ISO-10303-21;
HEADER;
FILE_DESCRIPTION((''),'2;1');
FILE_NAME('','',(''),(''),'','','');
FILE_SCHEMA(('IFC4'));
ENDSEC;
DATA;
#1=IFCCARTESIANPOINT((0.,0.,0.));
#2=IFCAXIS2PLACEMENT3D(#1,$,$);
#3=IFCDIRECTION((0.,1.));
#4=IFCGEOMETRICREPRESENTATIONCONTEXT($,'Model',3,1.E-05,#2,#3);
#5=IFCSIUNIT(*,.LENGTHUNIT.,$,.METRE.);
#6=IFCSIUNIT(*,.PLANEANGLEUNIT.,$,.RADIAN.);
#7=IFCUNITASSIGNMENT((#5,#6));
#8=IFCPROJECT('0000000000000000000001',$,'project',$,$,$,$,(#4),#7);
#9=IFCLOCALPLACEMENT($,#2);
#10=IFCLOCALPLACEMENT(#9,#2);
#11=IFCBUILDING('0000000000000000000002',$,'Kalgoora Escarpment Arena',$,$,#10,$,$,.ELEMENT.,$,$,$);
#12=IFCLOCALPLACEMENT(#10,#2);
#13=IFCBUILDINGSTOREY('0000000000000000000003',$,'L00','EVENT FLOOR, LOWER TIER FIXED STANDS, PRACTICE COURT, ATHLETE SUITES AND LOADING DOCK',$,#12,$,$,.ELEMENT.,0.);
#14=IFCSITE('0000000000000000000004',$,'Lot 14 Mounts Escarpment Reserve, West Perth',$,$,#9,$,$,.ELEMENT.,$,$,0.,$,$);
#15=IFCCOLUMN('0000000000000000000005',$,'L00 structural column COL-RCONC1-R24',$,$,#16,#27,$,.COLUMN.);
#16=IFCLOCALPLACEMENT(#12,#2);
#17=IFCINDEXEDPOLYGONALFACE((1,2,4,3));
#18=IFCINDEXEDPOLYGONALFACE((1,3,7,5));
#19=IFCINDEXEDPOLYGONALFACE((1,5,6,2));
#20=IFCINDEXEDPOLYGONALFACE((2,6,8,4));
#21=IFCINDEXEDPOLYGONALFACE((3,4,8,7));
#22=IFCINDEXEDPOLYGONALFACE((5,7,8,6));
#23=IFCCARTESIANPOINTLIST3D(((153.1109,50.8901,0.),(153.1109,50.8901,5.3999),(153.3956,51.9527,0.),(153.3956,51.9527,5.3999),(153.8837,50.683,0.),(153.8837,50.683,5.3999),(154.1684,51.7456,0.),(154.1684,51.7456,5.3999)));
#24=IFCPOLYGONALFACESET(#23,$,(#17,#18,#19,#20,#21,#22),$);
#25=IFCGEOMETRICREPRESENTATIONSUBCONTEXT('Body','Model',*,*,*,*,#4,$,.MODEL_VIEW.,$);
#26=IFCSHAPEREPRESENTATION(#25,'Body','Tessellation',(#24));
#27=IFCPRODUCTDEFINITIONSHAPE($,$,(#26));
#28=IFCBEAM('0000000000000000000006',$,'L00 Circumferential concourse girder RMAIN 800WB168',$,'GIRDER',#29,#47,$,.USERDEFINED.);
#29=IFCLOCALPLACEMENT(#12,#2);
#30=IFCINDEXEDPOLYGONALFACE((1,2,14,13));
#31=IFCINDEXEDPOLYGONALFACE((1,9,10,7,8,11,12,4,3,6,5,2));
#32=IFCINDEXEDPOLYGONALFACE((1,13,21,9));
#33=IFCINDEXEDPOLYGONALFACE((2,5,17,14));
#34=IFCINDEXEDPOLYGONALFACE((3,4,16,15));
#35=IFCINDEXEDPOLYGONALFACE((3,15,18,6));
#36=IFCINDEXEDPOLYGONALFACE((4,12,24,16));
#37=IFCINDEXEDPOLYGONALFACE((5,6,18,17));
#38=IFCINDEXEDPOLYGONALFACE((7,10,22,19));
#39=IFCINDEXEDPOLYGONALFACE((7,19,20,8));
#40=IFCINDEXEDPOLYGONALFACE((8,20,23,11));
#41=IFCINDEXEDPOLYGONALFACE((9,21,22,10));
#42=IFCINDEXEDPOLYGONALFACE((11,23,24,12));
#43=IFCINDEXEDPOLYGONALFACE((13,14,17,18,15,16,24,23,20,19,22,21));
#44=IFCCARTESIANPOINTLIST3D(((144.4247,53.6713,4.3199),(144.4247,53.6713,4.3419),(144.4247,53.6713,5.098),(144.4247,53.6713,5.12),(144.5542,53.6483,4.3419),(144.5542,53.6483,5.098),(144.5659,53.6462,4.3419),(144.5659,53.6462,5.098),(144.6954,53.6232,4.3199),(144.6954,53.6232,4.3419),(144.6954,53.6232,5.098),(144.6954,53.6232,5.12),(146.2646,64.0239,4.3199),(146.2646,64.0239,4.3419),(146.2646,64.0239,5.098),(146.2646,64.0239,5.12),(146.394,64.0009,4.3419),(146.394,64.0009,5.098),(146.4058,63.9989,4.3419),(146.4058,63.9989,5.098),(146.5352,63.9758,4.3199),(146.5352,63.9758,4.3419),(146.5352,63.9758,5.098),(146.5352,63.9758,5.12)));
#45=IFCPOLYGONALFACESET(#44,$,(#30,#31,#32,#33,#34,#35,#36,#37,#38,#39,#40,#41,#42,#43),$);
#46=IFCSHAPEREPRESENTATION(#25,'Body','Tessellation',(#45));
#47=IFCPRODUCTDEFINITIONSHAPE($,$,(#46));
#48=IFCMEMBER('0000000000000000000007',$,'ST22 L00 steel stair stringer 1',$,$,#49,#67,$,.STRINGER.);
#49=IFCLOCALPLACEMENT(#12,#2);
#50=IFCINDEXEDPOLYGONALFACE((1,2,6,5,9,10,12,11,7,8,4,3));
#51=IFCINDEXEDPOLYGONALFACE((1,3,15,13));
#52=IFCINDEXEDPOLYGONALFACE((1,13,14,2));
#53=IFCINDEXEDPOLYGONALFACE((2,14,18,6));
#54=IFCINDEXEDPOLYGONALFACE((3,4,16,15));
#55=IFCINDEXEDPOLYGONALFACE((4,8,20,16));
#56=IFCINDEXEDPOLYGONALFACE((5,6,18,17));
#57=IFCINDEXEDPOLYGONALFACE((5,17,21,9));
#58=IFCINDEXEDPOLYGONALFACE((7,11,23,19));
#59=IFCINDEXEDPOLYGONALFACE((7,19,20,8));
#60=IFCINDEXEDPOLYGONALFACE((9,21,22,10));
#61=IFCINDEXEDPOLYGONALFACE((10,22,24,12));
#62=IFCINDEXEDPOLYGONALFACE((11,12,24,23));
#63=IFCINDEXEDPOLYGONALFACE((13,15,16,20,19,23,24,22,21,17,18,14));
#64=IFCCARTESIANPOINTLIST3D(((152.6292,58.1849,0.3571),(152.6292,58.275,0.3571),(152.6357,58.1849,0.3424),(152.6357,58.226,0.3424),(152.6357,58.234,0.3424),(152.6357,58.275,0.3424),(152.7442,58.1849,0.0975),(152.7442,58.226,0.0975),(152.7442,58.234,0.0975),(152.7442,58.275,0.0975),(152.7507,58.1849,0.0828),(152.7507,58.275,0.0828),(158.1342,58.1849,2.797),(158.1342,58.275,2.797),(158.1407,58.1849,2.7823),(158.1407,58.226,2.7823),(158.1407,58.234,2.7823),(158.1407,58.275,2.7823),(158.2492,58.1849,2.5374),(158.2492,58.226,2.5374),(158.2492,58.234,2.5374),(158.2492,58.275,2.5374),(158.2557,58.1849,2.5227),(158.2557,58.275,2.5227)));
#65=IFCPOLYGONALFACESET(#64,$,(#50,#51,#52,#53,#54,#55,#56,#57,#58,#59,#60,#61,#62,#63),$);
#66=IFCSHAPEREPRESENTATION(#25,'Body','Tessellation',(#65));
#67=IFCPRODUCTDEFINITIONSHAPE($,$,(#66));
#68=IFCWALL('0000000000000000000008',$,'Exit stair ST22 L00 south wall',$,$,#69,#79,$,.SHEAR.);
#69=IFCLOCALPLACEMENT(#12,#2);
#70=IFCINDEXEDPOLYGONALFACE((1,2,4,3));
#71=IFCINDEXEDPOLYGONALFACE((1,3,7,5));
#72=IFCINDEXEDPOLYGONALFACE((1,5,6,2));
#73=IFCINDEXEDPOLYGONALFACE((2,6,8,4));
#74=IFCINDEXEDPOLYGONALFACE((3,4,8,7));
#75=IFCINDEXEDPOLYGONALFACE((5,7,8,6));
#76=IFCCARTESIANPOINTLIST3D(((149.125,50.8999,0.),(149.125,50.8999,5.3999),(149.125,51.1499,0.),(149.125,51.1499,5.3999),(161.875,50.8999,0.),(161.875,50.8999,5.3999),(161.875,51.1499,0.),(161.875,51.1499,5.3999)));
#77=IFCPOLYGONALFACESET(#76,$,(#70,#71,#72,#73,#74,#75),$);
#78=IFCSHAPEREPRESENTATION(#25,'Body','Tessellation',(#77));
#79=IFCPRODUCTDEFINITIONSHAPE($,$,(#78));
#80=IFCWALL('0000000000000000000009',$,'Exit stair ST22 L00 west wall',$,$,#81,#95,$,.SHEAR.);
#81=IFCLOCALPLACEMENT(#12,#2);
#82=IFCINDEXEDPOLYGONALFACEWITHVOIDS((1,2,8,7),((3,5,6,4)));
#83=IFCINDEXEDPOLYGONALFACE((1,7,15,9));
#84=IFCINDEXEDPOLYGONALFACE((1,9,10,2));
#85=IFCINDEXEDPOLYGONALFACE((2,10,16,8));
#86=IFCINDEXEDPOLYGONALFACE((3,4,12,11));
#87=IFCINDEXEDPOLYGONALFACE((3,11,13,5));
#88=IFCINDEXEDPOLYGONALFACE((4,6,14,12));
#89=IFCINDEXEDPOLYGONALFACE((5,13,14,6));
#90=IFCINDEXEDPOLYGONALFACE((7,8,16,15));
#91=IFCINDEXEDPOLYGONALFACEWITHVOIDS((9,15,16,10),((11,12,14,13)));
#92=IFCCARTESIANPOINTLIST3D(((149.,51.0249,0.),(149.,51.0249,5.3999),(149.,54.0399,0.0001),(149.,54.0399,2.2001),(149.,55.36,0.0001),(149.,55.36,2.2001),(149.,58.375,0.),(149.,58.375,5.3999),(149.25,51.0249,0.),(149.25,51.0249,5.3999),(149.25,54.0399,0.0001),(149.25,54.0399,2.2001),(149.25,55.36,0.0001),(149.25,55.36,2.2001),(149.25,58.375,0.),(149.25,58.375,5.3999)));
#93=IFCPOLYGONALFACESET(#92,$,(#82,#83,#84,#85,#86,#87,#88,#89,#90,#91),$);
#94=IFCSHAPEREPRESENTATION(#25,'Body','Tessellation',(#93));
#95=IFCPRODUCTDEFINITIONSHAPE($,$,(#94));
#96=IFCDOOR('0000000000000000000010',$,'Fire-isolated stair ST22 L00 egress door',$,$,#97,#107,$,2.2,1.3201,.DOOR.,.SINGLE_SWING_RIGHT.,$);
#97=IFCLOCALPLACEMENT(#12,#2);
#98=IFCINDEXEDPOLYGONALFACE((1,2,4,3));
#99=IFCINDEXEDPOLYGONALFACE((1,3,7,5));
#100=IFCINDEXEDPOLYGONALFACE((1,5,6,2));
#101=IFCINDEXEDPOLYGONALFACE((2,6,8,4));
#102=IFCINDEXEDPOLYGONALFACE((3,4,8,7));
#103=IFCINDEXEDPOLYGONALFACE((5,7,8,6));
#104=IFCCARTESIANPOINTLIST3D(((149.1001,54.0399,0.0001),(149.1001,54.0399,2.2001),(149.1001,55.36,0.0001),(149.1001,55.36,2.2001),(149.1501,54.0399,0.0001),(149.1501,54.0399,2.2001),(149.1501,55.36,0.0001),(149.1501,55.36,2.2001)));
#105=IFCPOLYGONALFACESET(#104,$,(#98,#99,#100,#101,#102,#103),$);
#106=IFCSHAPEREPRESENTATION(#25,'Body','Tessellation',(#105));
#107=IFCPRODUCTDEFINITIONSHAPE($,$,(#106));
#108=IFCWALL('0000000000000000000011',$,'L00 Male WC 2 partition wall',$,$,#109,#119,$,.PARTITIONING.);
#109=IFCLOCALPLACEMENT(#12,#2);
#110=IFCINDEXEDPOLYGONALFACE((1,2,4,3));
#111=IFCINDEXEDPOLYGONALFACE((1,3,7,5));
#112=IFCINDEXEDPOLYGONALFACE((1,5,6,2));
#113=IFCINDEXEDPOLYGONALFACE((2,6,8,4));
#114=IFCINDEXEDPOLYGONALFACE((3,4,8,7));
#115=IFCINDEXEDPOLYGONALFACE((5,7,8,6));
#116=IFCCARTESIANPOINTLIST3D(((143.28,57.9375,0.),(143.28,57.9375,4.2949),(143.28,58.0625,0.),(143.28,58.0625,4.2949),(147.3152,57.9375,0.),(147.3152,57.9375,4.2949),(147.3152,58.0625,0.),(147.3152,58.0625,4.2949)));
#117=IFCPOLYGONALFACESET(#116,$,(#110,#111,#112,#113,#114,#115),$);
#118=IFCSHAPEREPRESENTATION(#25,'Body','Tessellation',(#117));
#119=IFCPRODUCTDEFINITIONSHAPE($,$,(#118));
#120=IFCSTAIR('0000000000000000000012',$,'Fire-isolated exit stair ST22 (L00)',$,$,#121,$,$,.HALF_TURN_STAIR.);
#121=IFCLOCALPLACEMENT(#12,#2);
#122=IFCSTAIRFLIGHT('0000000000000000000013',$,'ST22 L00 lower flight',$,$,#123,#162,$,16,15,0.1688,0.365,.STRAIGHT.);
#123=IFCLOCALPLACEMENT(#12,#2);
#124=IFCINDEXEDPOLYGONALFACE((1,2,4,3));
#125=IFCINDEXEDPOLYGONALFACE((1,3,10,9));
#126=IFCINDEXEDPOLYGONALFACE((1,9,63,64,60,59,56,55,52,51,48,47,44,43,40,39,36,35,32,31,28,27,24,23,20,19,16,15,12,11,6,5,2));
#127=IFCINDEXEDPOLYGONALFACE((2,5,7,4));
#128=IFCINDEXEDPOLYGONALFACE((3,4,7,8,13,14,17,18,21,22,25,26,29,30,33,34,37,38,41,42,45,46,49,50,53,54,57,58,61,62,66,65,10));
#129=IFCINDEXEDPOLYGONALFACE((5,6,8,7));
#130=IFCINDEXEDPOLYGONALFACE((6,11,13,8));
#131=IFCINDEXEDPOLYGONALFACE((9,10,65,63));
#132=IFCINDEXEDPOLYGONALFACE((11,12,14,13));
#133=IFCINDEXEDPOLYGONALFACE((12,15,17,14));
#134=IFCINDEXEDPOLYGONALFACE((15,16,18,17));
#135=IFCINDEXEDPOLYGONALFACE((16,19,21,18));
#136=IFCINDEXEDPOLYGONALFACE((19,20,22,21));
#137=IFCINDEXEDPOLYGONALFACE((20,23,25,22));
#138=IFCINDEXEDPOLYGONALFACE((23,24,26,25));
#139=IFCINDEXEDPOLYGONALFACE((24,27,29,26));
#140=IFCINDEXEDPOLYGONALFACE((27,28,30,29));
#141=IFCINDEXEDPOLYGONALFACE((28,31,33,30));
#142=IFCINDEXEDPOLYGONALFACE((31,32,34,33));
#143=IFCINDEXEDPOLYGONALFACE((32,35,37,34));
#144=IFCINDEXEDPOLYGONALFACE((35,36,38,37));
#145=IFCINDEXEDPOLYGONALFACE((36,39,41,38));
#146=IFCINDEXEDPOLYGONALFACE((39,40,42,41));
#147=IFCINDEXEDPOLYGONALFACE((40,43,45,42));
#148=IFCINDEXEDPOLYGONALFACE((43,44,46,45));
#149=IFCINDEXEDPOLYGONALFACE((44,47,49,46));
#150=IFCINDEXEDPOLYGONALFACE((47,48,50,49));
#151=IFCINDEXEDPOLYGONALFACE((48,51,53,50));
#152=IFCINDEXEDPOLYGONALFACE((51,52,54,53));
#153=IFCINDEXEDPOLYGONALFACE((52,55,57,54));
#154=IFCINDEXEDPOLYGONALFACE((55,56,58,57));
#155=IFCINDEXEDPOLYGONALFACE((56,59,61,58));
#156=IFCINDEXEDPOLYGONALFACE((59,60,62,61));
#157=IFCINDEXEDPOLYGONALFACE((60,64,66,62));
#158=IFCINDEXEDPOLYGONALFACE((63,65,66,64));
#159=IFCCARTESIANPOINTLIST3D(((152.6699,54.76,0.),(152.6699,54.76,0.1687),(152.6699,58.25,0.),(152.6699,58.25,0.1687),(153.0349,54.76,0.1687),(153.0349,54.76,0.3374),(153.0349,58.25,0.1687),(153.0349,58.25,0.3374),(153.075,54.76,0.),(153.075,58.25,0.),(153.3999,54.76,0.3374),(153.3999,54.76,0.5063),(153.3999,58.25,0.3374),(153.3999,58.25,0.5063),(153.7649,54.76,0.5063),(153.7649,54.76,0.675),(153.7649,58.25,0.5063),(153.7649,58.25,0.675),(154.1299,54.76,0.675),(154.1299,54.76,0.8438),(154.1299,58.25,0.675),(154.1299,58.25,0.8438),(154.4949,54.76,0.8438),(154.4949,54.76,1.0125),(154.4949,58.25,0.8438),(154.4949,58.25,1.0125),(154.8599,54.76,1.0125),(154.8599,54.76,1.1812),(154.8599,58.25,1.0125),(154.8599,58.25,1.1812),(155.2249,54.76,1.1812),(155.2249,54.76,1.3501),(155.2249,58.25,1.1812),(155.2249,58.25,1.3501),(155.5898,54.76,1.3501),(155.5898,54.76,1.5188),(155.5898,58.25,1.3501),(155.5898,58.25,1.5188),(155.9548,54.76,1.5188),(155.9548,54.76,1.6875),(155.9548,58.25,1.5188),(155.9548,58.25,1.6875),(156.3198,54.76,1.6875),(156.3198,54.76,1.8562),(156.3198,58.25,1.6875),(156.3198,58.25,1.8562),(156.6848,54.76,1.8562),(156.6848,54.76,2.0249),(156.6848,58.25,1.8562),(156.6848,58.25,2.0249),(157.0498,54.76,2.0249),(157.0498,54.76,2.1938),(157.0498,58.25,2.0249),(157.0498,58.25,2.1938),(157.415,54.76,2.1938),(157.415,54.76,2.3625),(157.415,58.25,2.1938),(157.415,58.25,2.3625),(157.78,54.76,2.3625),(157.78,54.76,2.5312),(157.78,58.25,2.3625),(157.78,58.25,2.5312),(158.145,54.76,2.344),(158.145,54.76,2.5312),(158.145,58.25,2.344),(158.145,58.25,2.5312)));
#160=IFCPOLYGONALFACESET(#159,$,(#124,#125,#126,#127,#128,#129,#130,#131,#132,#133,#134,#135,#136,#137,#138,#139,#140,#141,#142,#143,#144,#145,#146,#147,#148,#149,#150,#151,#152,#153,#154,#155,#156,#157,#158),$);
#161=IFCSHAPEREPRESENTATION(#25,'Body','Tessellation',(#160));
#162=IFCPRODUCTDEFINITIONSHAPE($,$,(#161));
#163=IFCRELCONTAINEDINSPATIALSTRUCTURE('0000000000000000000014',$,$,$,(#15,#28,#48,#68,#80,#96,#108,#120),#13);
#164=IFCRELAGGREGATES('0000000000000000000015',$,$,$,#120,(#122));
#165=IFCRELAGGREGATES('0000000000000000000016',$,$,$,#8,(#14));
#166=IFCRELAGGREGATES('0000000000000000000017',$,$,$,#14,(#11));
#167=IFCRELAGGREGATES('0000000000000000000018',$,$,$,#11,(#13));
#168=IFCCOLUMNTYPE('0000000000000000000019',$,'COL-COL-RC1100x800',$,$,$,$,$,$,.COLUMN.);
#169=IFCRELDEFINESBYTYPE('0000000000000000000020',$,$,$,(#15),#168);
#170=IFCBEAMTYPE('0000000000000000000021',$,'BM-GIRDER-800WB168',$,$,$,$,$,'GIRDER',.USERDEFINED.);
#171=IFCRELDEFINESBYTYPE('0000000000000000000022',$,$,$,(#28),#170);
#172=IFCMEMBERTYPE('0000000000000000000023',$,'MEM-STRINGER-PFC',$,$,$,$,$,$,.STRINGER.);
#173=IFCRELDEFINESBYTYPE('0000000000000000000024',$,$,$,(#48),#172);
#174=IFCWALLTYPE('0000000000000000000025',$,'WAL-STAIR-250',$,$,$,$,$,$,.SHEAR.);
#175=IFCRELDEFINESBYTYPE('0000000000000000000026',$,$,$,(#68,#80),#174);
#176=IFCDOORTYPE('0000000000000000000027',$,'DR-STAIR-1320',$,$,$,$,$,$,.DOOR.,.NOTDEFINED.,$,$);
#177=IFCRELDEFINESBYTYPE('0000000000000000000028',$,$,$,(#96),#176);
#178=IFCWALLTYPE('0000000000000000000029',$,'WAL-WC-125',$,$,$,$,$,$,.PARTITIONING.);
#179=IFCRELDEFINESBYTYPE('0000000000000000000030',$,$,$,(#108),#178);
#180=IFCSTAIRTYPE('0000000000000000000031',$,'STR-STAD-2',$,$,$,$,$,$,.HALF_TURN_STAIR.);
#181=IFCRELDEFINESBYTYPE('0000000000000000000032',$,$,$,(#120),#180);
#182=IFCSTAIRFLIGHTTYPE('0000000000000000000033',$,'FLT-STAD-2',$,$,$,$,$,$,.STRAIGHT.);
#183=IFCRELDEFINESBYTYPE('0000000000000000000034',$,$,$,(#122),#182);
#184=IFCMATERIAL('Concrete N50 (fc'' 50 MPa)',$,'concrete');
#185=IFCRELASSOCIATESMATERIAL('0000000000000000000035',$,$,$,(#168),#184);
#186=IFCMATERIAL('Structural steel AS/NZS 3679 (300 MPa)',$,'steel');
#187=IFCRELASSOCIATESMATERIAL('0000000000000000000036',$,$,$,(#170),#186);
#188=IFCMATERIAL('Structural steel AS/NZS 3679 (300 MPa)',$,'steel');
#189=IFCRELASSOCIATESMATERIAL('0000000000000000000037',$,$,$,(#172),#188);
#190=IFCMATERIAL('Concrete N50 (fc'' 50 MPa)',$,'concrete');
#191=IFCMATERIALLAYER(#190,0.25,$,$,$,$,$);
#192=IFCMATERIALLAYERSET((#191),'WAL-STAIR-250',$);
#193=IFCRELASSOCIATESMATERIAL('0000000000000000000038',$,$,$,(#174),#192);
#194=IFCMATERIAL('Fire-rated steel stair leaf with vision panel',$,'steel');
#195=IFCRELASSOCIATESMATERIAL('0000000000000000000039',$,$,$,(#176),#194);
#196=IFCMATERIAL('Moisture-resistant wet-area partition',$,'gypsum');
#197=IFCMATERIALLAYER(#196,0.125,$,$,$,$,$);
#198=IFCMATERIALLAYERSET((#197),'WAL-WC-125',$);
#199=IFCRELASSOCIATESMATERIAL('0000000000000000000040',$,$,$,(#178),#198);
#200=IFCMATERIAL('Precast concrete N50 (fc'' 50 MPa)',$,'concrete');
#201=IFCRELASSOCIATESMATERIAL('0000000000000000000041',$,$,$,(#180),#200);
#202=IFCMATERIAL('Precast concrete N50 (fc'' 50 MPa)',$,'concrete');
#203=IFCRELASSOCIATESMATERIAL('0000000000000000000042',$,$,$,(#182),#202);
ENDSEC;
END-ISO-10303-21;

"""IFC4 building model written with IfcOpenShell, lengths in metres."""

from ifc_helpers import new_model, si_unit, direction, frame, frame_2d, origin, origin_2d, place, context, subcontext, project, spatial, polyline, rectangle, i_section, outline, extrude, material, layer, layer_set, material_profile, profile_set, type_object, element, fill, aggregate, save


model = new_model("IFC4")

# Units and contexts
model_context = context("Model", 3, precision=1e-05, world=origin(), true_north=direction((0.0, 1.0)))
body_context = subcontext(model_context, "Body", "Model", "MODEL_VIEW")
ifc_project = project(units=[si_unit("LENGTHUNIT", "METRE"), si_unit("PLANEANGLEUNIT", "RADIAN")], contexts=[model_context])

# Site, building, storey
site_placement = place(None, origin())
site = spatial("IfcSite", under=ifc_project, at=site_placement, Name="Lot 14 Mounts Escarpment Reserve, West Perth", CompositionType="ELEMENT", RefElevation=0.0)
building_placement = place(site_placement, origin())
building = spatial("IfcBuilding", under=site, at=building_placement, Name="Kalgoora Escarpment Arena", CompositionType="ELEMENT")
storey_placement = place(building_placement, origin())
storey = spatial("IfcBuildingStorey", under=building, at=storey_placement, Name="L00", Description="EVENT FLOOR, LOWER TIER FIXED STANDS, PRACTICE COURT, ATHLETE SUITES AND LOADING DOCK", CompositionType="ELEMENT", Elevation=0.0)

# Column
ifc_material_1 = material(Name="Concrete N50 (fc' 50 MPa)", Category="concrete")
ifc_material_profile_1 = material_profile(ifc_material_1, rectangle(XDim=0.8, YDim=1.1001, at=origin_2d()))
ifc_profile_set_1 = profile_set([ifc_material_profile_1], Name="Concrete N50 (fc' 50 MPa)")
column_type = type_object("IfcColumnType", Name="COL-COL-RC1100x800", PredefinedType="COLUMN", material=ifc_profile_set_1)
column_placement = place(storey_placement, frame((153.6396, 51.3179, 0.0), z_axis=(0.0, 0.0, 1.0), x_axis=(0.965926, -0.258819, 0.0)))
element("IfcColumn", 1, at=column_placement, inside=storey, type_object=column_type, Name="L00 structural column COL-RCONC1-R24", PredefinedType="COLUMN", context=body_context, shape_type="SweptSolid", body=[
    extrude(rectangle(XDim=0.8, YDim=1.1001, at=origin_2d()), origin(), (0.0, 0.0, 1.0), 5.3999),
])

# Beam
ifc_material_2 = material(Name="Structural steel AS/NZS 3679 (300 MPa)", Category="steel")
ifc_material_profile_2 = material_profile(ifc_material_2, i_section(OverallWidth=0.2749, OverallDepth=0.8, WebThickness=0.012, FlangeThickness=0.022, at=origin_2d()))
ifc_profile_set_2 = profile_set([ifc_material_profile_2], Name="Structural steel AS/NZS 3679 (300 MPa)")
beam_type = type_object("IfcBeamType", Name="BM-GIRDER-800WB168", ElementType="GIRDER", PredefinedType="USERDEFINED", material=ifc_profile_set_2)
beam_placement = place(storey_placement, frame((144.5601, 53.6472, 4.72), z_axis=(0.174973, 0.984573, 0.0), x_axis=(-0.984573, 0.174973, 0.0)))
element("IfcBeam", 2, at=beam_placement, inside=storey, type_object=beam_type, Name="L00 Circumferential concourse girder RMAIN 800WB168", ObjectType="GIRDER", PredefinedType="USERDEFINED", context=body_context, shape_type="SweptSolid", body=[
    extrude(i_section(OverallWidth=0.2749, OverallDepth=0.8, WebThickness=0.012, FlangeThickness=0.022, at=origin_2d()), origin(), (0.0, 0.0, 1.0), 10.5149),
])

# Member
ifc_material_3 = material(Name="Structural steel AS/NZS 3679 (300 MPa)", Category="steel")
ifc_material_profile_3 = material_profile(ifc_material_3, i_section(OverallWidth=0.0901, OverallDepth=0.3, WebThickness=0.0081, FlangeThickness=0.0161, at=origin_2d()))
ifc_profile_set_3 = profile_set([ifc_material_profile_3], Name="Structural steel AS/NZS 3679 (300 MPa)")
member_type = type_object("IfcMemberType", Name="MEM-STRINGER-PFC", PredefinedType="STRINGER", material=ifc_profile_set_3)
member_placement = place(storey_placement, frame((152.6899, 58.23, 0.22), z_axis=(0.914229, 0.0, 0.405198), x_axis=(0.0, 1.0, 0.0)))
element("IfcMember", 3, at=member_placement, inside=storey, type_object=member_type, Name="ST22 L00 steel stair stringer 1", PredefinedType="STRINGER", context=body_context, shape_type="SweptSolid", body=[
    extrude(i_section(OverallWidth=0.0901, OverallDepth=0.3, WebThickness=0.0081, FlangeThickness=0.0161, at=origin_2d()), origin(), (0.0, 0.0, 1.0), 6.0215),
])

# Wall
ifc_material_4 = material(Name="Concrete N50 (fc' 50 MPa)", Category="concrete")
ifc_layer_1 = layer(ifc_material_4, 0.25)
ifc_layer_set_1 = layer_set([ifc_layer_1], Name="WAL-STAIR-250")
wall_type_1 = type_object("IfcWallType", Name="WAL-STAIR-250", PredefinedType="SHEAR", material=ifc_layer_set_1)
wall_1_placement = place(storey_placement, frame((149.125, 51.0249, 0.0), z_axis=(0.0, 0.0, 1.0), x_axis=(1.0, 0.0, 0.0)))
element("IfcWall", 4, at=wall_1_placement, inside=storey, type_object=wall_type_1, Name="Exit stair ST22 L00 south wall", PredefinedType="SHEAR", context=body_context, shape_type="SweptSolid", body=[
    extrude(rectangle(XDim=12.75, YDim=0.25, at=frame_2d((6.375, 0.0))), origin(), (0.0, 0.0, 1.0), 5.3999),
])

# Wall, opening, door
wall_2_placement = place(storey_placement, frame((149.125, 51.0249, 0.0), z_axis=(0.0, 0.0, 1.0), x_axis=(0.0, 1.0, 0.0)))
wall_2 = element("IfcWall", 5, at=wall_2_placement, inside=storey, type_object=wall_type_1, Name="Exit stair ST22 L00 west wall", PredefinedType="SHEAR", context=body_context, shape_type="SweptSolid", body=[
    extrude(rectangle(XDim=7.3501, YDim=0.25, at=frame_2d((3.675, 0.0))), origin(), (0.0, 0.0, 1.0), 5.3999),
])
opening_placement = place(wall_2_placement, frame((3.0149, 0.0, 0.0)))
opening = element("IfcOpeningElement", 6, at=opening_placement, cuts=wall_2, PredefinedType="OPENING", context=body_context, shape_type="SweptSolid", body=[
    extrude(rectangle(XDim=1.3201, YDim=2.2, at=frame_2d((0.6602, 1.1001))), frame((0.0, 0.135, 0.0), z_axis=(0.0, -1.0, 0.0), x_axis=(1.0, 0.0, 0.0)), (0.0, 0.0, 1.0), 0.27),
])
ifc_material_5 = material(Name="Fire-rated steel stair leaf with vision panel", Category="steel")
door_type = type_object("IfcDoorType", Name="DR-STAIR-1320", OperationType="NOTDEFINED", PredefinedType="DOOR", material=ifc_material_5)
door_placement = place(opening_placement, origin())
door = element("IfcDoor", 7, at=door_placement, inside=storey, type_object=door_type, Name="Fire-isolated stair ST22 L00 egress door", OperationType="SINGLE_SWING_RIGHT", OverallHeight=2.2, OverallWidth=1.3201, PredefinedType="DOOR", context=body_context, shape_type="SweptSolid", body=[
    extrude(rectangle(XDim=1.3201, YDim=2.2, at=frame_2d((0.6602, 1.1001))), frame((0.0, 0.0249, 0.0), z_axis=(0.0, -1.0, 0.0), x_axis=(1.0, 0.0, 0.0)), (0.0, 0.0, 1.0), 0.05),
])
fill(opening, door)

# Wall
ifc_material_6 = material(Name="Moisture-resistant wet-area partition", Category="gypsum")
ifc_layer_2 = layer(ifc_material_6, 0.125)
ifc_layer_set_2 = layer_set([ifc_layer_2], Name="WAL-WC-125")
wall_type_2 = type_object("IfcWallType", Name="WAL-WC-125", PredefinedType="PARTITIONING", material=ifc_layer_set_2)
wall_3_placement = place(storey_placement, frame((147.3152, 58.0, 0.0), z_axis=(0.0, 0.0, 1.0), x_axis=(-1.0, 0.0, 0.0)))
element("IfcWall", 8, at=wall_3_placement, inside=storey, type_object=wall_type_2, Name="L00 Male WC 2 partition wall", PredefinedType="PARTITIONING", context=body_context, shape_type="SweptSolid", body=[
    extrude(rectangle(XDim=4.0352, YDim=0.125, at=frame_2d((2.0176, 0.0))), origin(), (0.0, 0.0, 1.0), 4.2949),
])

# Stair, stair flight
ifc_material_7 = material(Name="Precast concrete N50 (fc' 50 MPa)", Category="concrete")
stair_type = type_object("IfcStairType", Name="STR-STAD-2", PredefinedType="HALF_TURN_STAIR", material=ifc_material_7)
stair_placement = place(storey_placement, origin())
stair = element("IfcStair", 9, at=stair_placement, inside=storey, type_object=stair_type, Name="Fire-isolated exit stair ST22 (L00)", PredefinedType="HALF_TURN_STAIR")
ifc_material_8 = material(Name="Precast concrete N50 (fc' 50 MPa)", Category="concrete")
stair_flight_type = type_object("IfcStairFlightType", Name="FLT-STAD-2", PredefinedType="STRAIGHT", material=ifc_material_8)
stair_flight_placement = place(storey_placement, frame((152.6699, 56.5049, 0.0), z_axis=(0.0, 0.0, 1.0), x_axis=(1.0, 0.0, 0.0)))
stair_flight = element("IfcStairFlight", 10, at=stair_flight_placement, type_object=stair_flight_type, Name="ST22 L00 lower flight", NumberOfRisers=16, NumberOfTreads=15, PredefinedType="STRAIGHT", RiserHeight=0.1688, TreadLength=0.365, context=body_context, shape_type="SweptSolid", body=[
    extrude(outline(polyline([(0.0, 0.0), (0.0, 0.1687), (0.365, 0.1687), (0.365, 0.3374), (0.73, 0.3374), (0.73, 0.5063), (1.095, 0.5063), (1.095, 0.675), (1.46, 0.675), (1.46, 0.8438), (1.825, 0.8438), (1.825, 1.0125), (2.1899, 1.0125), (2.1899, 1.1812), (2.5549, 1.1812), (2.5549, 1.3501), (2.9199, 1.3501), (2.9199, 1.5188), (3.2849, 1.5188), (3.2849, 1.6875), (3.6499, 1.6875), (3.6499, 1.8562), (4.0149, 1.8562), (4.0149, 2.0249), (4.3799, 2.0249), (4.3799, 2.1938), (4.7451, 2.1938), (4.7451, 2.3625), (5.1101, 2.3625), (5.1101, 2.5312), (5.4751, 2.5312), (5.4751, 2.7), (5.4751, 2.344), (0.405, 0.0), (0.0, 0.0)])), frame((0.0, 1.7451, 0.0), z_axis=(0.0, -1.0, 0.0), x_axis=(1.0, 0.0, 0.0)), (0.0, 0.0, 1.0), 3.49),
])
aggregate(stair, [stair_flight])

save(model, "model.ifc")
